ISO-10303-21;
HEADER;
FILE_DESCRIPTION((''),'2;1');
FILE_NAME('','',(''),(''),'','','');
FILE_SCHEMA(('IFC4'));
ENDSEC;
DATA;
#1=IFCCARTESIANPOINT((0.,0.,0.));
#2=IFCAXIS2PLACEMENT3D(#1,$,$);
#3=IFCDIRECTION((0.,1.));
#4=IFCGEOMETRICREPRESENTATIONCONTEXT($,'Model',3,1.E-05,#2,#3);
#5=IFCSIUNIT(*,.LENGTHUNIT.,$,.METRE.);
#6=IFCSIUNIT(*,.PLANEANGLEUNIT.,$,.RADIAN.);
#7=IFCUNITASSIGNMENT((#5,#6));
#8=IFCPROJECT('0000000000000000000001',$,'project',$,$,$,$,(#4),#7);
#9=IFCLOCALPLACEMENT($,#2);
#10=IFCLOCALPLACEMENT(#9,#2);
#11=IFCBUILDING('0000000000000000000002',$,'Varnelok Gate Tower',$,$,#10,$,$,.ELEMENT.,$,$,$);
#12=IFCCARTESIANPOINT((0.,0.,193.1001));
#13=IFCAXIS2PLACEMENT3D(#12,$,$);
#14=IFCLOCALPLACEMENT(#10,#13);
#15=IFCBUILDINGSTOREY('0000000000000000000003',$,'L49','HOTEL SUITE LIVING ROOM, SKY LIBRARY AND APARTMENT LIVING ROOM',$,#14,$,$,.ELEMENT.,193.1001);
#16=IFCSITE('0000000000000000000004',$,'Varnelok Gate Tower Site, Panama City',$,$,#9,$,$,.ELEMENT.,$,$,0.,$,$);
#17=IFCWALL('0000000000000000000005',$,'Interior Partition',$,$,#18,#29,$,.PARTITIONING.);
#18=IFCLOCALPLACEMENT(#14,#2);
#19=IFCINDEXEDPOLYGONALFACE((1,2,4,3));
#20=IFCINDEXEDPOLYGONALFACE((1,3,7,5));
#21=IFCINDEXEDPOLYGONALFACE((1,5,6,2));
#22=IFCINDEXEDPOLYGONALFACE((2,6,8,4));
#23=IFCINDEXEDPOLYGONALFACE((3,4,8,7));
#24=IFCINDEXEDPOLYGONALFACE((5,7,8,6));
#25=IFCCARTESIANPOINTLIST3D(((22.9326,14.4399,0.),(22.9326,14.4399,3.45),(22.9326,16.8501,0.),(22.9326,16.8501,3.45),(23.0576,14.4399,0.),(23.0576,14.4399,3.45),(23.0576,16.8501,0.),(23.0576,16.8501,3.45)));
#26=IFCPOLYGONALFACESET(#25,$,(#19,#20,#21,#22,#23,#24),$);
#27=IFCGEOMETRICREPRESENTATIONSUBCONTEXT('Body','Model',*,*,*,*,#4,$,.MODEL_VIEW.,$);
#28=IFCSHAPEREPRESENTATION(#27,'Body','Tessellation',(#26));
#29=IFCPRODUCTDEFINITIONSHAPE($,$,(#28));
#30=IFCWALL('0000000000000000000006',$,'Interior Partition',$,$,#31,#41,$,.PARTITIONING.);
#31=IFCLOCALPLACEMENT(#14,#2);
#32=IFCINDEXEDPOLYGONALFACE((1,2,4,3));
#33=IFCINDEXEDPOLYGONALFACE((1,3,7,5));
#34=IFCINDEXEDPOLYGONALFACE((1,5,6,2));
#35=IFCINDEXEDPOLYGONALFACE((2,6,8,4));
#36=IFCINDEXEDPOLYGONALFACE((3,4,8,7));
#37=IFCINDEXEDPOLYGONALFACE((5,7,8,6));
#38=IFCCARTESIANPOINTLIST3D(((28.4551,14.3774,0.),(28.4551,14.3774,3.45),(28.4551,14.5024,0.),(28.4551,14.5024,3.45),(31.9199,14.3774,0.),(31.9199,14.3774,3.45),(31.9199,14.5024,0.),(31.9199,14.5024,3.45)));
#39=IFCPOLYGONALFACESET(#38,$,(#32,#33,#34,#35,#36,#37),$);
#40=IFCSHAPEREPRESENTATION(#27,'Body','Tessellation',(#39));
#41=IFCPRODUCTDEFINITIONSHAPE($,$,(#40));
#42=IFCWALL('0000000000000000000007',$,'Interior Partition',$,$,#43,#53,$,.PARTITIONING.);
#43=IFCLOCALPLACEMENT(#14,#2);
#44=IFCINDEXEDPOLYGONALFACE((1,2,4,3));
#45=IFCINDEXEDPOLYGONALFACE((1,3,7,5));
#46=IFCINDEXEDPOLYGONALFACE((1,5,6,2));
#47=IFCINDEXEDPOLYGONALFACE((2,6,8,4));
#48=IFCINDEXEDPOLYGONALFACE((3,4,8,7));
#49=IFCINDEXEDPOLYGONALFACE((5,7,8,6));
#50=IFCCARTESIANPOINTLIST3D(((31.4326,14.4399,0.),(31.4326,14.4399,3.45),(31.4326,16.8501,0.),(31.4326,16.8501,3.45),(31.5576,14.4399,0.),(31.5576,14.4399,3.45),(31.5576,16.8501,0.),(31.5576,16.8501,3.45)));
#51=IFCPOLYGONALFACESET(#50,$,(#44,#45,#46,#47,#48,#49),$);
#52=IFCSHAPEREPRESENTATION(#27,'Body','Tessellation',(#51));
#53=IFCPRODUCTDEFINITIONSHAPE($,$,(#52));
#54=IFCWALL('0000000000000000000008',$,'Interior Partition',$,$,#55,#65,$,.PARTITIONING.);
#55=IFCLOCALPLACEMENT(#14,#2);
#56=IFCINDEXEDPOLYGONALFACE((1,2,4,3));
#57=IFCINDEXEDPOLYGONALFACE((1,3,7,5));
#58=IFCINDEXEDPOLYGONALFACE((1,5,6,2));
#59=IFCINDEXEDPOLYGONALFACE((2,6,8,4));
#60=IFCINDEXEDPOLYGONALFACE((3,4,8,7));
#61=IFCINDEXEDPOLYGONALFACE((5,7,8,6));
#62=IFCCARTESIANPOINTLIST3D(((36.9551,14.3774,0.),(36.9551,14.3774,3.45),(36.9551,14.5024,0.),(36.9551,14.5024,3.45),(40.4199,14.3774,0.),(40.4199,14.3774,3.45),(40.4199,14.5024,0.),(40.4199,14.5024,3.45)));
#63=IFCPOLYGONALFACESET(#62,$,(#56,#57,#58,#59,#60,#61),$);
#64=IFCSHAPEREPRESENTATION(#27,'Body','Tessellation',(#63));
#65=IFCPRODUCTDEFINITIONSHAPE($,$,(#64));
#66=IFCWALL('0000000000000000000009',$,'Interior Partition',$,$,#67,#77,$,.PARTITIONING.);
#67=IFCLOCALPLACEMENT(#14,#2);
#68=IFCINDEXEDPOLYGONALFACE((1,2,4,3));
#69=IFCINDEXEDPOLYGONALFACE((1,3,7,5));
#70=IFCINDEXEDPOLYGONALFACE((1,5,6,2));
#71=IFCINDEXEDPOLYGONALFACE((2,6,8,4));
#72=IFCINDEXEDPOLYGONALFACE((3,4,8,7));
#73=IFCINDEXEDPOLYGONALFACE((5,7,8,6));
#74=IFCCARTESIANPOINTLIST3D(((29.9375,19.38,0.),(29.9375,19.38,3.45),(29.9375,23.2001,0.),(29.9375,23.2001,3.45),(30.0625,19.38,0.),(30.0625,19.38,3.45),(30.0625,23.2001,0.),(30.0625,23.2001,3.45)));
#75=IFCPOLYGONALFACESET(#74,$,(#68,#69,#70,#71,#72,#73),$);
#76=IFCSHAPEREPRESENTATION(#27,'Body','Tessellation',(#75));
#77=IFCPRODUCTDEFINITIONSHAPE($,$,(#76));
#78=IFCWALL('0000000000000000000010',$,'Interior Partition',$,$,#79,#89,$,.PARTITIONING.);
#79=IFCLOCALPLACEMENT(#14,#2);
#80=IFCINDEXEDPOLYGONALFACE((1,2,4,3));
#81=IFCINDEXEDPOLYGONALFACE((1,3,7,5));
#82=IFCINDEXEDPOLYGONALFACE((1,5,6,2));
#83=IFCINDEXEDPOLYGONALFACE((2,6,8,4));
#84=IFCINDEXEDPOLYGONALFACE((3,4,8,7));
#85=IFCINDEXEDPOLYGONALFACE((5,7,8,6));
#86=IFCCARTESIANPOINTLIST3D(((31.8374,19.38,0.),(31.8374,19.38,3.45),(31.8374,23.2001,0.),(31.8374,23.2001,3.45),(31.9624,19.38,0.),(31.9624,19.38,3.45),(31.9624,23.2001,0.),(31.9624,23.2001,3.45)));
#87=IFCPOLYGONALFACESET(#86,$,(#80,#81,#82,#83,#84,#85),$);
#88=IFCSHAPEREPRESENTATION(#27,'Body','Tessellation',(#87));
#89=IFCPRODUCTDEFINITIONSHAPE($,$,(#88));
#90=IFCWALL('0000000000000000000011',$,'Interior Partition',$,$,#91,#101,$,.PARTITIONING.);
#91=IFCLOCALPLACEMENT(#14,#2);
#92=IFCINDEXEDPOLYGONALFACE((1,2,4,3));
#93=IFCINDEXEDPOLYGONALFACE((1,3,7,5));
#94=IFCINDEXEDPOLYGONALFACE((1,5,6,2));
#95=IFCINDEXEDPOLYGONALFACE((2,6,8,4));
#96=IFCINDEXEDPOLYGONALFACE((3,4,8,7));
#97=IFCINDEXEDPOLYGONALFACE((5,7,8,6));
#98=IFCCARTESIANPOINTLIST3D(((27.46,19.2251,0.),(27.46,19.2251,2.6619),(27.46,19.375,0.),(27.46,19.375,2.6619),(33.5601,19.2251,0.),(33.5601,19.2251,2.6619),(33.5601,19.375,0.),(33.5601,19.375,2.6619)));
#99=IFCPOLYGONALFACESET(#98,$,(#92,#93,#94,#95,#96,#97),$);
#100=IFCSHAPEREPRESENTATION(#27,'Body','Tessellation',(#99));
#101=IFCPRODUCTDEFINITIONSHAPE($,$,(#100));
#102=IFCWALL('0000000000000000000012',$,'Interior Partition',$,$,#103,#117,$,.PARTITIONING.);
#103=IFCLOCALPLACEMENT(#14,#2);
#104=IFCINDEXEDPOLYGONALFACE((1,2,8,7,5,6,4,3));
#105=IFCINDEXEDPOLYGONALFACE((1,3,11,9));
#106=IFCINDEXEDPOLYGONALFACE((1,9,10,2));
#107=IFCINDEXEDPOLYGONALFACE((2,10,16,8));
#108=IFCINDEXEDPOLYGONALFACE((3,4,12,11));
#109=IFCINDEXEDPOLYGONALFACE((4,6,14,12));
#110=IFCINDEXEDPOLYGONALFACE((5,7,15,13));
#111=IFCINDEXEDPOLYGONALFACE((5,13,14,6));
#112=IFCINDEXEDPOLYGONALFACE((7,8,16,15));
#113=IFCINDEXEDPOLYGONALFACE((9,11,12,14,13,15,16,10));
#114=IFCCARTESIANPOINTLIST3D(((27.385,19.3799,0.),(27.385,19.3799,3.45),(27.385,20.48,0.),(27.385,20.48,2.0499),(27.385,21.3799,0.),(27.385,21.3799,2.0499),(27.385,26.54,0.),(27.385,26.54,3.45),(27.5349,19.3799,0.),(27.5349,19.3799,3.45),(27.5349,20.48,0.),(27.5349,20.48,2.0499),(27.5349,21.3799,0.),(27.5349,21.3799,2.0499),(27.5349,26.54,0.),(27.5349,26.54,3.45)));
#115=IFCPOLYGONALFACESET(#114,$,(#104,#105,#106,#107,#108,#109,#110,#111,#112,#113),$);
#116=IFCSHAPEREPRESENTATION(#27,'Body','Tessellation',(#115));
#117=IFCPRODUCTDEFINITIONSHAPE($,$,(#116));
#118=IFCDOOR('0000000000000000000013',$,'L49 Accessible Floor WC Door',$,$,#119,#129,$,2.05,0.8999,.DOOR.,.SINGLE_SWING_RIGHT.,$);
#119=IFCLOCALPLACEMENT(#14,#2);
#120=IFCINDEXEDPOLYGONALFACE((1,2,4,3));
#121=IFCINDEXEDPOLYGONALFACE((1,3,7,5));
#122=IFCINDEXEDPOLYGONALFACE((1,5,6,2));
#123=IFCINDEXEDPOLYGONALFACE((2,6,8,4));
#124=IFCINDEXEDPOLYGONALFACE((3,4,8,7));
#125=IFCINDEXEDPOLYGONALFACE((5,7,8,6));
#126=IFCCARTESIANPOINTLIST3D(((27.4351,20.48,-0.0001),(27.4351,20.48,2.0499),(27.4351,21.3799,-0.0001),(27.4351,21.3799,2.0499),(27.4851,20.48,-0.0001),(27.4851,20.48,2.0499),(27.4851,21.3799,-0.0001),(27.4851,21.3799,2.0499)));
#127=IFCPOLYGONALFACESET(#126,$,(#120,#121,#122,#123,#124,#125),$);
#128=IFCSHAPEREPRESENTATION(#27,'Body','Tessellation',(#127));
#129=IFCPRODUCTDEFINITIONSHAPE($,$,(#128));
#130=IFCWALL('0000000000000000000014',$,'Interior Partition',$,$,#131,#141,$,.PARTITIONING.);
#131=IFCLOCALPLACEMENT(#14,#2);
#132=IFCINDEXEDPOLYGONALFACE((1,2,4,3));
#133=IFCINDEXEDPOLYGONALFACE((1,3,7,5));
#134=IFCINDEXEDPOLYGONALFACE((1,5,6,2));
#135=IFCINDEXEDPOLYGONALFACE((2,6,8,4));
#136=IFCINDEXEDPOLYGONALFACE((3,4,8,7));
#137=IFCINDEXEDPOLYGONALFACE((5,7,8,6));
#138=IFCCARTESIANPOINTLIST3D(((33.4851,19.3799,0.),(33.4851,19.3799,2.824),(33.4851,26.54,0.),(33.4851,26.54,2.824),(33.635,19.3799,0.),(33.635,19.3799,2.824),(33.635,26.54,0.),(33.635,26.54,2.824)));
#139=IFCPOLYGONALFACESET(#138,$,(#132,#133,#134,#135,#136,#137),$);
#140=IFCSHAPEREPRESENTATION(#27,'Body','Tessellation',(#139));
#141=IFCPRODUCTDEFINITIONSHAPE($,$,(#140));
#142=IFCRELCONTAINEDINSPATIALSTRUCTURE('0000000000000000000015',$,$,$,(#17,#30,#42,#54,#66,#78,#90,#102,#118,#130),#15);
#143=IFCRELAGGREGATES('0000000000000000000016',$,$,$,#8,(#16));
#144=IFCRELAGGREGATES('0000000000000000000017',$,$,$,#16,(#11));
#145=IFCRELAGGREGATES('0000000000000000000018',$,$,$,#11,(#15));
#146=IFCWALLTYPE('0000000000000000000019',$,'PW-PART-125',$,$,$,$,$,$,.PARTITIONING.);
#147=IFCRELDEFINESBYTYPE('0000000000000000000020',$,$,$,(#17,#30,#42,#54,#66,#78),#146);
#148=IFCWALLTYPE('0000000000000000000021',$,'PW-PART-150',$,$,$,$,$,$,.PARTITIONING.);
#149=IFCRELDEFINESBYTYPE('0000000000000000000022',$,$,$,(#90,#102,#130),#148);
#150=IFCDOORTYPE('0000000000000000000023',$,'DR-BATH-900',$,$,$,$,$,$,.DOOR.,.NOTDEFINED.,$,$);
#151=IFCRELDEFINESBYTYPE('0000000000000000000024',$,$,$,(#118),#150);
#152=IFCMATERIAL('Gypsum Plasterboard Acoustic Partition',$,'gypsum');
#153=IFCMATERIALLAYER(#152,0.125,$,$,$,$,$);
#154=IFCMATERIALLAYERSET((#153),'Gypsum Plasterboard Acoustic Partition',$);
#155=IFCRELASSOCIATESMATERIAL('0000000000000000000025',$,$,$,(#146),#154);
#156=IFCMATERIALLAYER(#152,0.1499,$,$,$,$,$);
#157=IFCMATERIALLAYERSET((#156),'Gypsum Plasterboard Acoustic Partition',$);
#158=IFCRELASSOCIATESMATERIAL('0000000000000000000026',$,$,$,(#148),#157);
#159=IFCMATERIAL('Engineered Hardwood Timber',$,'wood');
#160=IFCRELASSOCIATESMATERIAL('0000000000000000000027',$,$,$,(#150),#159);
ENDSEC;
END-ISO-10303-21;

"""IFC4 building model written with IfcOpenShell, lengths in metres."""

from ifc_helpers import new_model, si_unit, direction, frame, frame_2d, origin, place, context, subcontext, project, spatial, rectangle, extrude, material, layer, layer_set, type_object, element, fill, save


model = new_model("IFC4")

# Units and contexts
model_context = context("Model", 3, precision=1e-05, world=origin(), true_north=direction((0.0, 1.0)))
body_context = subcontext(model_context, "Body", "Model", "MODEL_VIEW")
ifc_project = project(units=[si_unit("LENGTHUNIT", "METRE"), si_unit("PLANEANGLEUNIT", "RADIAN")], contexts=[model_context])

# Site, building, storey
site_placement = place(None, origin())
site = spatial("IfcSite", under=ifc_project, at=site_placement, Name="Varnelok Gate Tower Site, Panama City", CompositionType="ELEMENT", RefElevation=0.0)
building_placement = place(site_placement, origin())
building = spatial("IfcBuilding", under=site, at=building_placement, Name="Varnelok Gate Tower", CompositionType="ELEMENT")
storey_placement = place(building_placement, frame((0.0, 0.0, 193.1001)))
storey = spatial("IfcBuildingStorey", under=building, at=storey_placement, Name="L49", Description="HOTEL SUITE LIVING ROOM, SKY LIBRARY AND APARTMENT LIVING ROOM", CompositionType="ELEMENT", Elevation=193.1001)

# Shared definitions
ifc_material_1 = material(Name="Gypsum Plasterboard Acoustic Partition", Category="gypsum")
ifc_material_2 = material(Name="Engineered Hardwood Timber", Category="wood")

# Walls
ifc_layer_1 = layer(ifc_material_1, 0.125)
ifc_layer_set_1 = layer_set([ifc_layer_1], Name="Gypsum Plasterboard Acoustic Partition")
wall_type_1 = type_object("IfcWallType", Name="PW-PART-125", PredefinedType="PARTITIONING", material=ifc_layer_set_1)
wall_1_placement = place(storey_placement, frame((22.9951, 14.4399, 0.0), z_axis=(0.0, 0.0, 1.0), x_axis=(0.0, 1.0, 0.0)))
element("IfcWall", 1, at=wall_1_placement, inside=storey, type_object=wall_type_1, Name="Interior Partition", PredefinedType="PARTITIONING", context=body_context, shape_type="SweptSolid", body=[
    extrude(rectangle(XDim=2.4102, YDim=0.125, at=frame_2d((1.2051, 0.0))), origin(), (0.0, 0.0, 1.0), 3.45),
])
wall_2_placement = place(storey_placement, frame((28.4551, 14.4399, 0.0), z_axis=(0.0, 0.0, 1.0), x_axis=(1.0, 0.0, 0.0)))
element("IfcWall", 2, at=wall_2_placement, inside=storey, type_object=wall_type_1, Name="Interior Partition", PredefinedType="PARTITIONING", context=body_context, shape_type="SweptSolid", body=[
    extrude(rectangle(XDim=3.4648, YDim=0.125, at=frame_2d((1.7324, 0.0))), origin(), (0.0, 0.0, 1.0), 3.45),
])
wall_3_placement = place(storey_placement, frame((31.4951, 14.4399, 0.0), z_axis=(0.0, 0.0, 1.0), x_axis=(0.0, 1.0, 0.0)))
element("IfcWall", 3, at=wall_3_placement, inside=storey, type_object=wall_type_1, Name="Interior Partition", PredefinedType="PARTITIONING", context=body_context, shape_type="SweptSolid", body=[
    extrude(rectangle(XDim=2.4102, YDim=0.125, at=frame_2d((1.2051, 0.0))), origin(), (0.0, 0.0, 1.0), 3.45),
])
wall_4_placement = place(storey_placement, frame((36.9551, 14.4399, 0.0), z_axis=(0.0, 0.0, 1.0), x_axis=(1.0, 0.0, 0.0)))
element("IfcWall", 4, at=wall_4_placement, inside=storey, type_object=wall_type_1, Name="Interior Partition", PredefinedType="PARTITIONING", context=body_context, shape_type="SweptSolid", body=[
    extrude(rectangle(XDim=3.4648, YDim=0.125, at=frame_2d((1.7324, 0.0))), origin(), (0.0, 0.0, 1.0), 3.45),
])
for number, where, z_axis, x_axis, name in (
    (5, (30.0, 19.3799, 0.0), (0.0, 0.0, 1.0), (0.0, 1.0, 0.0), "Interior Partition"),
    (6, (31.8999, 19.3799, 0.0), (0.0, 0.0, 1.0), (0.0, 1.0, 0.0), "Interior Partition"),
):
    element("IfcWall", number, at=place(storey_placement, frame(where, z_axis=z_axis, x_axis=x_axis)), inside=storey, type_object=wall_type_1, Name=name, PredefinedType="PARTITIONING", context=body_context, shape_type="SweptSolid", body=[
        extrude(rectangle(XDim=3.8201, YDim=0.125, at=frame_2d((1.9102, 0.0))), origin(), (0.0, 0.0, 1.0), 3.45),
    ])
ifc_layer_2 = layer(ifc_material_1, 0.1499)
ifc_layer_set_2 = layer_set([ifc_layer_2], Name="Gypsum Plasterboard Acoustic Partition")
wall_type_2 = type_object("IfcWallType", Name="PW-PART-150", PredefinedType="PARTITIONING", material=ifc_layer_set_2)
wall_5_placement = place(storey_placement, frame((27.46, 19.3, 0.0), z_axis=(0.0, 0.0, 1.0), x_axis=(1.0, 0.0, 0.0)))
element("IfcWall", 7, at=wall_5_placement, inside=storey, type_object=wall_type_2, Name="Interior Partition", PredefinedType="PARTITIONING", context=body_context, shape_type="SweptSolid", body=[
    extrude(rectangle(XDim=6.1001, YDim=0.1499, at=frame_2d((3.05, 0.0))), origin(), (0.0, 0.0, 1.0), 2.6619),
])

# Wall, opening, door
wall_6_placement = place(storey_placement, frame((27.46, 19.3799, 0.0), z_axis=(0.0, 0.0, 1.0), x_axis=(0.0, 1.0, 0.0)))
wall_6 = element("IfcWall", 8, at=wall_6_placement, inside=storey, type_object=wall_type_2, Name="Interior Partition", PredefinedType="PARTITIONING", context=body_context, shape_type="SweptSolid", body=[
    extrude(rectangle(XDim=7.1602, YDim=0.1499, at=frame_2d((3.5801, 0.0))), origin(), (0.0, 0.0, 1.0), 3.45),
])
opening_1_placement = place(wall_6_placement, frame((1.1001, 0.0, 0.0)))
opening_1 = element("IfcOpeningElement", 9, at=opening_1_placement, cuts=wall_6, PredefinedType="OPENING", context=body_context, shape_type="SweptSolid", body=[
    extrude(rectangle(XDim=0.8999, YDim=2.05, at=frame_2d((0.45, 1.0249))), frame((0.0, 0.085, 0.0), z_axis=(0.0, -1.0, 0.0), x_axis=(1.0, 0.0, 0.0)), (0.0, 0.0, 1.0), 0.1699),
])
door_type_1 = type_object("IfcDoorType", Name="DR-BATH-900", OperationType="NOTDEFINED", PredefinedType="DOOR", material=ifc_material_2)
door_1_placement = place(opening_1_placement, origin())
door_1 = element("IfcDoor", 10, at=door_1_placement, inside=storey, type_object=door_type_1, Name="L49 Accessible Floor WC Door", OperationType="SINGLE_SWING_RIGHT", OverallHeight=2.05, OverallWidth=0.8999, PredefinedType="DOOR", context=body_context, shape_type="SweptSolid", body=[
    extrude(rectangle(XDim=0.8999, YDim=2.05, at=frame_2d((0.45, 1.0249))), frame((0.0, 0.0249, 0.0), z_axis=(0.0, -1.0, 0.0), x_axis=(1.0, 0.0, 0.0)), (0.0, 0.0, 1.0), 0.05),
])
fill(opening_1, door_1)

# Wall
wall_7_placement = place(storey_placement, frame((33.5601, 19.3799, 0.0), z_axis=(0.0, 0.0, 1.0), x_axis=(0.0, 1.0, 0.0)))
element("IfcWall", 11, at=wall_7_placement, inside=storey, type_object=wall_type_2, Name="Interior Partition", PredefinedType="PARTITIONING", context=body_context, shape_type="SweptSolid", body=[
    extrude(rectangle(XDim=7.1602, YDim=0.1499, at=frame_2d((3.5801, 0.0))), origin(), (0.0, 0.0, 1.0), 2.824),
])

save(model, "model.ifc")
